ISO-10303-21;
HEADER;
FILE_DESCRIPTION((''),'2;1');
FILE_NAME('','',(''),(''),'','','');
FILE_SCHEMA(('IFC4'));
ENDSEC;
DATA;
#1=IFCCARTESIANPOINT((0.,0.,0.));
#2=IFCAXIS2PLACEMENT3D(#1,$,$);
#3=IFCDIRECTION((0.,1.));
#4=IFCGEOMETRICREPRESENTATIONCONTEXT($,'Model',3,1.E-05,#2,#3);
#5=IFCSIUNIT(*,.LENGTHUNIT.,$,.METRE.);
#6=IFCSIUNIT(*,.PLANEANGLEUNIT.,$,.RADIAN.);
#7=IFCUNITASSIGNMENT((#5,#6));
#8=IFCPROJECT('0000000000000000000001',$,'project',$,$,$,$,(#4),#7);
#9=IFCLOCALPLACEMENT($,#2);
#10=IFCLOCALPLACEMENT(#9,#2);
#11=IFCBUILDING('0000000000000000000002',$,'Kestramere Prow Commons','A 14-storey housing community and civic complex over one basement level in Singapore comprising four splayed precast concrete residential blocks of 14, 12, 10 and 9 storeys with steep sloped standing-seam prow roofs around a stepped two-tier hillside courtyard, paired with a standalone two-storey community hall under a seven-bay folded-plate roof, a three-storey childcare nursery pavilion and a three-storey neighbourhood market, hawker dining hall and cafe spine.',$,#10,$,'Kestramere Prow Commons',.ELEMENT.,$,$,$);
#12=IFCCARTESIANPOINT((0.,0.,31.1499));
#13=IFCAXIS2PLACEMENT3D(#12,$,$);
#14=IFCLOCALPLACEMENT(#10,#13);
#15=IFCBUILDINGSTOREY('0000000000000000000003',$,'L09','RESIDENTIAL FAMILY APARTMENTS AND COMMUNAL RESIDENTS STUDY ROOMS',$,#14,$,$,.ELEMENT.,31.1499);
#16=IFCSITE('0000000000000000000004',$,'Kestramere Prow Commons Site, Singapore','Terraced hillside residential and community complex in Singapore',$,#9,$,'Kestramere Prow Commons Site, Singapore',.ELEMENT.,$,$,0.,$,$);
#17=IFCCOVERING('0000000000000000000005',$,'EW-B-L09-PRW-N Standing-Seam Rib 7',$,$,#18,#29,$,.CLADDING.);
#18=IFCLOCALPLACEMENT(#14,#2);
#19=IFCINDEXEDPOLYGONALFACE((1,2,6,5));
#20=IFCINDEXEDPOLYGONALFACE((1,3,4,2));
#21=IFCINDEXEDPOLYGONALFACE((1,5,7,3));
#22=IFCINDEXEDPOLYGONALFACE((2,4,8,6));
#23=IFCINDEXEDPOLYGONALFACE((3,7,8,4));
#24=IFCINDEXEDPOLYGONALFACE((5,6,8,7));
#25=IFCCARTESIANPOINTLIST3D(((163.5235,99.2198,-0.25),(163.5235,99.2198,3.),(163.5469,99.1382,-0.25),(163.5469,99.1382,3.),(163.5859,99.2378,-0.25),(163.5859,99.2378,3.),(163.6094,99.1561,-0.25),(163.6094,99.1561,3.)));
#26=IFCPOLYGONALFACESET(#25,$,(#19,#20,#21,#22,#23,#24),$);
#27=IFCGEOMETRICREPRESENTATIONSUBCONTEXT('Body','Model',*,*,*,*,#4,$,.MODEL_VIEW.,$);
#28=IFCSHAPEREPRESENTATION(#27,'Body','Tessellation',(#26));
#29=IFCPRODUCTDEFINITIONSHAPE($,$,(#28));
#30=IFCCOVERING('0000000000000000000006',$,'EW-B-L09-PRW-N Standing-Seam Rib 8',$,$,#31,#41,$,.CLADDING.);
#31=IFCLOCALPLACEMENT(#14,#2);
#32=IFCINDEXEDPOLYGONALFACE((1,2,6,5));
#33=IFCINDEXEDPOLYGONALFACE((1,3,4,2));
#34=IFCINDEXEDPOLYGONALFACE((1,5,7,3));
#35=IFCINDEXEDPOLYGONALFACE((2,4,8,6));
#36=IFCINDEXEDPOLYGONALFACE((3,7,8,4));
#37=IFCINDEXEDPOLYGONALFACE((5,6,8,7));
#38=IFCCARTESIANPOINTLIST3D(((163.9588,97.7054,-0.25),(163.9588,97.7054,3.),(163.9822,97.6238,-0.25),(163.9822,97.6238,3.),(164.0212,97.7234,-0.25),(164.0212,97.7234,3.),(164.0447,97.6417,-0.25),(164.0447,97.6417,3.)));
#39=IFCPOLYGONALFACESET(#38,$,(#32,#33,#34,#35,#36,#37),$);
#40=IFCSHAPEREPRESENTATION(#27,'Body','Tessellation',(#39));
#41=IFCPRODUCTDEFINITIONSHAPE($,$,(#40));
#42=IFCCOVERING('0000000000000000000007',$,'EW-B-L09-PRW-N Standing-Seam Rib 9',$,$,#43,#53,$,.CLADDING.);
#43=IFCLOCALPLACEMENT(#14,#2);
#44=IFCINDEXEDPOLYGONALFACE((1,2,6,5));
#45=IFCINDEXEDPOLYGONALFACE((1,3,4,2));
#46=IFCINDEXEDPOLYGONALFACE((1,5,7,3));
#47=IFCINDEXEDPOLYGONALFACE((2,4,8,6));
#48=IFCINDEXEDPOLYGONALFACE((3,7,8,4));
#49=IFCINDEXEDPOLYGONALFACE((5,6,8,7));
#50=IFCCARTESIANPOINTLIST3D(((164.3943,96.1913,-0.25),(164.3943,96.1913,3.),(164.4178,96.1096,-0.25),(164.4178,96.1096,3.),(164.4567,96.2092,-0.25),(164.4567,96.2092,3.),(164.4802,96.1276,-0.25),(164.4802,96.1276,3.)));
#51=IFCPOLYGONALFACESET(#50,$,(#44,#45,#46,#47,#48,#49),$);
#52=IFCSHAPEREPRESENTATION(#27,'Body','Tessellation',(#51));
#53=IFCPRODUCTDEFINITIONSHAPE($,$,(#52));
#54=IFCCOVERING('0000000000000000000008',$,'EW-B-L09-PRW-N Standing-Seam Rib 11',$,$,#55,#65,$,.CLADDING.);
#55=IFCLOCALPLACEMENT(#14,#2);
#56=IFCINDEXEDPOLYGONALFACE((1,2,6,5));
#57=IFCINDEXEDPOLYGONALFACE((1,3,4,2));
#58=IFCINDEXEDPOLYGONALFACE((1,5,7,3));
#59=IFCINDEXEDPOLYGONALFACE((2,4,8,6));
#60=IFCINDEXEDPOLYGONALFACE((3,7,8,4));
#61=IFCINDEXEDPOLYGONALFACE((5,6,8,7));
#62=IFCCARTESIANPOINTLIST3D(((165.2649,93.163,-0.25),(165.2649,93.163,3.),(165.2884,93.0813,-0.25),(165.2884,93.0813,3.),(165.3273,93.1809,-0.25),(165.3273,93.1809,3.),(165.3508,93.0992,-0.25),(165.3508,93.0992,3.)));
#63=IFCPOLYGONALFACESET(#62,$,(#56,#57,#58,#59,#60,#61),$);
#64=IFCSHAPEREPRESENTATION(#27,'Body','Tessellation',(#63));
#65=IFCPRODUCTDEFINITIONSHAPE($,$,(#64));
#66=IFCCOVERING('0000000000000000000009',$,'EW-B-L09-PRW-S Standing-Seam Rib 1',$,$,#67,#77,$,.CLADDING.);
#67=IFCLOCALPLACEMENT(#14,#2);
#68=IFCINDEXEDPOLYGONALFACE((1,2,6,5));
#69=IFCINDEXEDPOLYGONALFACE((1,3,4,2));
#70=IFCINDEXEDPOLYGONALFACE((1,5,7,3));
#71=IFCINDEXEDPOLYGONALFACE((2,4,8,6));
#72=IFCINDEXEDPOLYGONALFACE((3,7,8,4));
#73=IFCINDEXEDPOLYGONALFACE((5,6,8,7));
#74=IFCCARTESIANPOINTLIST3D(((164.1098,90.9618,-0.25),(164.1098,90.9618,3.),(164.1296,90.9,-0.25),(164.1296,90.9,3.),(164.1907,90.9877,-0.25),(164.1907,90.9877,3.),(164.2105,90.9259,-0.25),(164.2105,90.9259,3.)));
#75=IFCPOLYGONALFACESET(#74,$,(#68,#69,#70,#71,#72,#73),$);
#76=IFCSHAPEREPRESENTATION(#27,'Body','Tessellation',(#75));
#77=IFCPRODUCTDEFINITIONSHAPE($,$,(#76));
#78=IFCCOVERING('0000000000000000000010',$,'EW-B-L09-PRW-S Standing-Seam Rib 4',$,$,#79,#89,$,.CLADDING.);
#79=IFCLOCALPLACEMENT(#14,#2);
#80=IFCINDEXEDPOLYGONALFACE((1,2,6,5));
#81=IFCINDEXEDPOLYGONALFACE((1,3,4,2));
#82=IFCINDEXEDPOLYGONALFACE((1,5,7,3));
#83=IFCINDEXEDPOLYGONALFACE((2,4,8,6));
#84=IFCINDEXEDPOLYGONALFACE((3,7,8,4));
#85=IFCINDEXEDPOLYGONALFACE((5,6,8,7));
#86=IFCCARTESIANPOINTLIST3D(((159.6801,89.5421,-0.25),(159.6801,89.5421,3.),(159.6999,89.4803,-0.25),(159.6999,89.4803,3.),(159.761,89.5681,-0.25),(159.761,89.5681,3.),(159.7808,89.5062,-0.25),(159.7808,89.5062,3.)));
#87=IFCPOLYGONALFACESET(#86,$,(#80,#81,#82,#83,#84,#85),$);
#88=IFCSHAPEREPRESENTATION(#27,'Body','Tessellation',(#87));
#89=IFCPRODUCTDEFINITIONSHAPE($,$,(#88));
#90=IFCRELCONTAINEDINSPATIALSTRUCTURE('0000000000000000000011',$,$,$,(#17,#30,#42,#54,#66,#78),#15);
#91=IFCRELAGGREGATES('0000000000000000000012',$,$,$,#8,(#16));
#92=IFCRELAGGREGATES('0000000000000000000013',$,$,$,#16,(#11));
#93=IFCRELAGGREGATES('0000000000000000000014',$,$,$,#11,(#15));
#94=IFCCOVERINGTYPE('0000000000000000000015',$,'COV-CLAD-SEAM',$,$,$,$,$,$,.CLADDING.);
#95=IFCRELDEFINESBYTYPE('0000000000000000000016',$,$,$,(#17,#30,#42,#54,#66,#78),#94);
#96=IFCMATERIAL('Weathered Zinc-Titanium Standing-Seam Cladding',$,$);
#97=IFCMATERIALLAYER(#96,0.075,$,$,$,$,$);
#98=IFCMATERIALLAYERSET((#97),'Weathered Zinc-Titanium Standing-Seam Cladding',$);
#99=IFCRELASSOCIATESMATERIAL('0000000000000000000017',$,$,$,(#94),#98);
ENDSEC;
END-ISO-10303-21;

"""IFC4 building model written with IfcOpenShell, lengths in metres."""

from ifc_helpers import new_model, si_unit, direction, frame, origin, origin_2d, place, context, subcontext, project, spatial, rectangle, extrude, material, layer, layer_set, type_object, element, save


model = new_model("IFC4")

# Units and contexts
model_context = context("Model", 3, precision=1e-05, world=origin(), true_north=direction((0.0, 1.0)))
body_context = subcontext(model_context, "Body", "Model", "MODEL_VIEW")
ifc_project = project(units=[si_unit("LENGTHUNIT", "METRE"), si_unit("PLANEANGLEUNIT", "RADIAN")], contexts=[model_context])

# Site, building, storey
site_placement = place(None, origin())
site = spatial("IfcSite", under=ifc_project, at=site_placement, Name="Kestramere Prow Commons Site, Singapore", Description="Terraced hillside residential and community complex in Singapore", LongName="Kestramere Prow Commons Site, Singapore", CompositionType="ELEMENT", RefElevation=0.0)
building_placement = place(site_placement, origin())
building = spatial("IfcBuilding", under=site, at=building_placement, Name="Kestramere Prow Commons", Description="A 14-storey housing community and civic complex over one basement level in Singapore comprising four splayed precast concrete residential blocks of 14, 12, 10 and 9 storeys with steep sloped standing-seam prow roofs around a stepped two-tier hillside courtyard, paired with a standalone two-storey community hall under a seven-bay folded-plate roof, a three-storey childcare nursery pavilion and a three-storey neighbourhood market, hawker dining hall and cafe spine.", LongName="Kestramere Prow Commons", CompositionType="ELEMENT")
storey_placement = place(building_placement, frame((0.0, 0.0, 31.1499)))
storey = spatial("IfcBuildingStorey", under=building, at=storey_placement, Name="L09", Description="RESIDENTIAL FAMILY APARTMENTS AND COMMUNAL RESIDENTS STUDY ROOMS", CompositionType="ELEMENT", Elevation=31.1499)

# Shared definitions
ifc_material_1 = material(Name="Weathered Zinc-Titanium Standing-Seam Cladding")

# Coverings
ifc_layer_1 = layer(ifc_material_1, 0.075)
ifc_layer_set_1 = layer_set([ifc_layer_1], Name="Weathered Zinc-Titanium Standing-Seam Cladding")
covering_type = type_object("IfcCoveringType", Name="COV-CLAD-SEAM", PredefinedType="CLADDING", material=ifc_layer_set_1)
for number, where, z_axis, x_axis, name in (
    (1, (163.5664, 99.188, -0.25), (0.0, 0.0, 1.0), (0.276318, -0.961066, 0.0), "EW-B-L09-PRW-N Standing-Seam Rib 7"),
    (2, (164.0017, 97.6736, -0.25), (0.0, 0.0, 1.0), (0.276318, -0.961066, 0.0), "EW-B-L09-PRW-N Standing-Seam Rib 8"),
    (3, (164.4373, 96.1594, -0.25), (0.0, 0.0, 1.0), (0.276318, -0.961066, 0.0), "EW-B-L09-PRW-N Standing-Seam Rib 9"),
    (4, (165.3079, 93.1311, -0.25), (0.0, 0.0, 1.0), (0.276318, -0.961066, 0.0), "EW-B-L09-PRW-N Standing-Seam Rib 11"),
    (5, (164.1602, 90.9438, -0.25), (0.0, 0.0, 1.0), (-0.952283, -0.305215, 0.0), "EW-B-L09-PRW-S Standing-Seam Rib 1"),
    (6, (159.7305, 89.5242, -0.25), (0.0, 0.0, 1.0), (-0.952283, -0.305215, 0.0), "EW-B-L09-PRW-S Standing-Seam Rib 4"),
):
    element("IfcCovering", number, at=place(storey_placement, frame(where, z_axis=z_axis, x_axis=x_axis)), inside=storey, type_object=covering_type, Name=name, PredefinedType="CLADDING", context=body_context, shape_type="SweptSolid", body=[
        extrude(rectangle(XDim=0.085, YDim=0.0649, at=origin_2d()), origin(), (0.0, 0.0, 1.0), 3.25),
    ])

save(model, "model.ifc")
